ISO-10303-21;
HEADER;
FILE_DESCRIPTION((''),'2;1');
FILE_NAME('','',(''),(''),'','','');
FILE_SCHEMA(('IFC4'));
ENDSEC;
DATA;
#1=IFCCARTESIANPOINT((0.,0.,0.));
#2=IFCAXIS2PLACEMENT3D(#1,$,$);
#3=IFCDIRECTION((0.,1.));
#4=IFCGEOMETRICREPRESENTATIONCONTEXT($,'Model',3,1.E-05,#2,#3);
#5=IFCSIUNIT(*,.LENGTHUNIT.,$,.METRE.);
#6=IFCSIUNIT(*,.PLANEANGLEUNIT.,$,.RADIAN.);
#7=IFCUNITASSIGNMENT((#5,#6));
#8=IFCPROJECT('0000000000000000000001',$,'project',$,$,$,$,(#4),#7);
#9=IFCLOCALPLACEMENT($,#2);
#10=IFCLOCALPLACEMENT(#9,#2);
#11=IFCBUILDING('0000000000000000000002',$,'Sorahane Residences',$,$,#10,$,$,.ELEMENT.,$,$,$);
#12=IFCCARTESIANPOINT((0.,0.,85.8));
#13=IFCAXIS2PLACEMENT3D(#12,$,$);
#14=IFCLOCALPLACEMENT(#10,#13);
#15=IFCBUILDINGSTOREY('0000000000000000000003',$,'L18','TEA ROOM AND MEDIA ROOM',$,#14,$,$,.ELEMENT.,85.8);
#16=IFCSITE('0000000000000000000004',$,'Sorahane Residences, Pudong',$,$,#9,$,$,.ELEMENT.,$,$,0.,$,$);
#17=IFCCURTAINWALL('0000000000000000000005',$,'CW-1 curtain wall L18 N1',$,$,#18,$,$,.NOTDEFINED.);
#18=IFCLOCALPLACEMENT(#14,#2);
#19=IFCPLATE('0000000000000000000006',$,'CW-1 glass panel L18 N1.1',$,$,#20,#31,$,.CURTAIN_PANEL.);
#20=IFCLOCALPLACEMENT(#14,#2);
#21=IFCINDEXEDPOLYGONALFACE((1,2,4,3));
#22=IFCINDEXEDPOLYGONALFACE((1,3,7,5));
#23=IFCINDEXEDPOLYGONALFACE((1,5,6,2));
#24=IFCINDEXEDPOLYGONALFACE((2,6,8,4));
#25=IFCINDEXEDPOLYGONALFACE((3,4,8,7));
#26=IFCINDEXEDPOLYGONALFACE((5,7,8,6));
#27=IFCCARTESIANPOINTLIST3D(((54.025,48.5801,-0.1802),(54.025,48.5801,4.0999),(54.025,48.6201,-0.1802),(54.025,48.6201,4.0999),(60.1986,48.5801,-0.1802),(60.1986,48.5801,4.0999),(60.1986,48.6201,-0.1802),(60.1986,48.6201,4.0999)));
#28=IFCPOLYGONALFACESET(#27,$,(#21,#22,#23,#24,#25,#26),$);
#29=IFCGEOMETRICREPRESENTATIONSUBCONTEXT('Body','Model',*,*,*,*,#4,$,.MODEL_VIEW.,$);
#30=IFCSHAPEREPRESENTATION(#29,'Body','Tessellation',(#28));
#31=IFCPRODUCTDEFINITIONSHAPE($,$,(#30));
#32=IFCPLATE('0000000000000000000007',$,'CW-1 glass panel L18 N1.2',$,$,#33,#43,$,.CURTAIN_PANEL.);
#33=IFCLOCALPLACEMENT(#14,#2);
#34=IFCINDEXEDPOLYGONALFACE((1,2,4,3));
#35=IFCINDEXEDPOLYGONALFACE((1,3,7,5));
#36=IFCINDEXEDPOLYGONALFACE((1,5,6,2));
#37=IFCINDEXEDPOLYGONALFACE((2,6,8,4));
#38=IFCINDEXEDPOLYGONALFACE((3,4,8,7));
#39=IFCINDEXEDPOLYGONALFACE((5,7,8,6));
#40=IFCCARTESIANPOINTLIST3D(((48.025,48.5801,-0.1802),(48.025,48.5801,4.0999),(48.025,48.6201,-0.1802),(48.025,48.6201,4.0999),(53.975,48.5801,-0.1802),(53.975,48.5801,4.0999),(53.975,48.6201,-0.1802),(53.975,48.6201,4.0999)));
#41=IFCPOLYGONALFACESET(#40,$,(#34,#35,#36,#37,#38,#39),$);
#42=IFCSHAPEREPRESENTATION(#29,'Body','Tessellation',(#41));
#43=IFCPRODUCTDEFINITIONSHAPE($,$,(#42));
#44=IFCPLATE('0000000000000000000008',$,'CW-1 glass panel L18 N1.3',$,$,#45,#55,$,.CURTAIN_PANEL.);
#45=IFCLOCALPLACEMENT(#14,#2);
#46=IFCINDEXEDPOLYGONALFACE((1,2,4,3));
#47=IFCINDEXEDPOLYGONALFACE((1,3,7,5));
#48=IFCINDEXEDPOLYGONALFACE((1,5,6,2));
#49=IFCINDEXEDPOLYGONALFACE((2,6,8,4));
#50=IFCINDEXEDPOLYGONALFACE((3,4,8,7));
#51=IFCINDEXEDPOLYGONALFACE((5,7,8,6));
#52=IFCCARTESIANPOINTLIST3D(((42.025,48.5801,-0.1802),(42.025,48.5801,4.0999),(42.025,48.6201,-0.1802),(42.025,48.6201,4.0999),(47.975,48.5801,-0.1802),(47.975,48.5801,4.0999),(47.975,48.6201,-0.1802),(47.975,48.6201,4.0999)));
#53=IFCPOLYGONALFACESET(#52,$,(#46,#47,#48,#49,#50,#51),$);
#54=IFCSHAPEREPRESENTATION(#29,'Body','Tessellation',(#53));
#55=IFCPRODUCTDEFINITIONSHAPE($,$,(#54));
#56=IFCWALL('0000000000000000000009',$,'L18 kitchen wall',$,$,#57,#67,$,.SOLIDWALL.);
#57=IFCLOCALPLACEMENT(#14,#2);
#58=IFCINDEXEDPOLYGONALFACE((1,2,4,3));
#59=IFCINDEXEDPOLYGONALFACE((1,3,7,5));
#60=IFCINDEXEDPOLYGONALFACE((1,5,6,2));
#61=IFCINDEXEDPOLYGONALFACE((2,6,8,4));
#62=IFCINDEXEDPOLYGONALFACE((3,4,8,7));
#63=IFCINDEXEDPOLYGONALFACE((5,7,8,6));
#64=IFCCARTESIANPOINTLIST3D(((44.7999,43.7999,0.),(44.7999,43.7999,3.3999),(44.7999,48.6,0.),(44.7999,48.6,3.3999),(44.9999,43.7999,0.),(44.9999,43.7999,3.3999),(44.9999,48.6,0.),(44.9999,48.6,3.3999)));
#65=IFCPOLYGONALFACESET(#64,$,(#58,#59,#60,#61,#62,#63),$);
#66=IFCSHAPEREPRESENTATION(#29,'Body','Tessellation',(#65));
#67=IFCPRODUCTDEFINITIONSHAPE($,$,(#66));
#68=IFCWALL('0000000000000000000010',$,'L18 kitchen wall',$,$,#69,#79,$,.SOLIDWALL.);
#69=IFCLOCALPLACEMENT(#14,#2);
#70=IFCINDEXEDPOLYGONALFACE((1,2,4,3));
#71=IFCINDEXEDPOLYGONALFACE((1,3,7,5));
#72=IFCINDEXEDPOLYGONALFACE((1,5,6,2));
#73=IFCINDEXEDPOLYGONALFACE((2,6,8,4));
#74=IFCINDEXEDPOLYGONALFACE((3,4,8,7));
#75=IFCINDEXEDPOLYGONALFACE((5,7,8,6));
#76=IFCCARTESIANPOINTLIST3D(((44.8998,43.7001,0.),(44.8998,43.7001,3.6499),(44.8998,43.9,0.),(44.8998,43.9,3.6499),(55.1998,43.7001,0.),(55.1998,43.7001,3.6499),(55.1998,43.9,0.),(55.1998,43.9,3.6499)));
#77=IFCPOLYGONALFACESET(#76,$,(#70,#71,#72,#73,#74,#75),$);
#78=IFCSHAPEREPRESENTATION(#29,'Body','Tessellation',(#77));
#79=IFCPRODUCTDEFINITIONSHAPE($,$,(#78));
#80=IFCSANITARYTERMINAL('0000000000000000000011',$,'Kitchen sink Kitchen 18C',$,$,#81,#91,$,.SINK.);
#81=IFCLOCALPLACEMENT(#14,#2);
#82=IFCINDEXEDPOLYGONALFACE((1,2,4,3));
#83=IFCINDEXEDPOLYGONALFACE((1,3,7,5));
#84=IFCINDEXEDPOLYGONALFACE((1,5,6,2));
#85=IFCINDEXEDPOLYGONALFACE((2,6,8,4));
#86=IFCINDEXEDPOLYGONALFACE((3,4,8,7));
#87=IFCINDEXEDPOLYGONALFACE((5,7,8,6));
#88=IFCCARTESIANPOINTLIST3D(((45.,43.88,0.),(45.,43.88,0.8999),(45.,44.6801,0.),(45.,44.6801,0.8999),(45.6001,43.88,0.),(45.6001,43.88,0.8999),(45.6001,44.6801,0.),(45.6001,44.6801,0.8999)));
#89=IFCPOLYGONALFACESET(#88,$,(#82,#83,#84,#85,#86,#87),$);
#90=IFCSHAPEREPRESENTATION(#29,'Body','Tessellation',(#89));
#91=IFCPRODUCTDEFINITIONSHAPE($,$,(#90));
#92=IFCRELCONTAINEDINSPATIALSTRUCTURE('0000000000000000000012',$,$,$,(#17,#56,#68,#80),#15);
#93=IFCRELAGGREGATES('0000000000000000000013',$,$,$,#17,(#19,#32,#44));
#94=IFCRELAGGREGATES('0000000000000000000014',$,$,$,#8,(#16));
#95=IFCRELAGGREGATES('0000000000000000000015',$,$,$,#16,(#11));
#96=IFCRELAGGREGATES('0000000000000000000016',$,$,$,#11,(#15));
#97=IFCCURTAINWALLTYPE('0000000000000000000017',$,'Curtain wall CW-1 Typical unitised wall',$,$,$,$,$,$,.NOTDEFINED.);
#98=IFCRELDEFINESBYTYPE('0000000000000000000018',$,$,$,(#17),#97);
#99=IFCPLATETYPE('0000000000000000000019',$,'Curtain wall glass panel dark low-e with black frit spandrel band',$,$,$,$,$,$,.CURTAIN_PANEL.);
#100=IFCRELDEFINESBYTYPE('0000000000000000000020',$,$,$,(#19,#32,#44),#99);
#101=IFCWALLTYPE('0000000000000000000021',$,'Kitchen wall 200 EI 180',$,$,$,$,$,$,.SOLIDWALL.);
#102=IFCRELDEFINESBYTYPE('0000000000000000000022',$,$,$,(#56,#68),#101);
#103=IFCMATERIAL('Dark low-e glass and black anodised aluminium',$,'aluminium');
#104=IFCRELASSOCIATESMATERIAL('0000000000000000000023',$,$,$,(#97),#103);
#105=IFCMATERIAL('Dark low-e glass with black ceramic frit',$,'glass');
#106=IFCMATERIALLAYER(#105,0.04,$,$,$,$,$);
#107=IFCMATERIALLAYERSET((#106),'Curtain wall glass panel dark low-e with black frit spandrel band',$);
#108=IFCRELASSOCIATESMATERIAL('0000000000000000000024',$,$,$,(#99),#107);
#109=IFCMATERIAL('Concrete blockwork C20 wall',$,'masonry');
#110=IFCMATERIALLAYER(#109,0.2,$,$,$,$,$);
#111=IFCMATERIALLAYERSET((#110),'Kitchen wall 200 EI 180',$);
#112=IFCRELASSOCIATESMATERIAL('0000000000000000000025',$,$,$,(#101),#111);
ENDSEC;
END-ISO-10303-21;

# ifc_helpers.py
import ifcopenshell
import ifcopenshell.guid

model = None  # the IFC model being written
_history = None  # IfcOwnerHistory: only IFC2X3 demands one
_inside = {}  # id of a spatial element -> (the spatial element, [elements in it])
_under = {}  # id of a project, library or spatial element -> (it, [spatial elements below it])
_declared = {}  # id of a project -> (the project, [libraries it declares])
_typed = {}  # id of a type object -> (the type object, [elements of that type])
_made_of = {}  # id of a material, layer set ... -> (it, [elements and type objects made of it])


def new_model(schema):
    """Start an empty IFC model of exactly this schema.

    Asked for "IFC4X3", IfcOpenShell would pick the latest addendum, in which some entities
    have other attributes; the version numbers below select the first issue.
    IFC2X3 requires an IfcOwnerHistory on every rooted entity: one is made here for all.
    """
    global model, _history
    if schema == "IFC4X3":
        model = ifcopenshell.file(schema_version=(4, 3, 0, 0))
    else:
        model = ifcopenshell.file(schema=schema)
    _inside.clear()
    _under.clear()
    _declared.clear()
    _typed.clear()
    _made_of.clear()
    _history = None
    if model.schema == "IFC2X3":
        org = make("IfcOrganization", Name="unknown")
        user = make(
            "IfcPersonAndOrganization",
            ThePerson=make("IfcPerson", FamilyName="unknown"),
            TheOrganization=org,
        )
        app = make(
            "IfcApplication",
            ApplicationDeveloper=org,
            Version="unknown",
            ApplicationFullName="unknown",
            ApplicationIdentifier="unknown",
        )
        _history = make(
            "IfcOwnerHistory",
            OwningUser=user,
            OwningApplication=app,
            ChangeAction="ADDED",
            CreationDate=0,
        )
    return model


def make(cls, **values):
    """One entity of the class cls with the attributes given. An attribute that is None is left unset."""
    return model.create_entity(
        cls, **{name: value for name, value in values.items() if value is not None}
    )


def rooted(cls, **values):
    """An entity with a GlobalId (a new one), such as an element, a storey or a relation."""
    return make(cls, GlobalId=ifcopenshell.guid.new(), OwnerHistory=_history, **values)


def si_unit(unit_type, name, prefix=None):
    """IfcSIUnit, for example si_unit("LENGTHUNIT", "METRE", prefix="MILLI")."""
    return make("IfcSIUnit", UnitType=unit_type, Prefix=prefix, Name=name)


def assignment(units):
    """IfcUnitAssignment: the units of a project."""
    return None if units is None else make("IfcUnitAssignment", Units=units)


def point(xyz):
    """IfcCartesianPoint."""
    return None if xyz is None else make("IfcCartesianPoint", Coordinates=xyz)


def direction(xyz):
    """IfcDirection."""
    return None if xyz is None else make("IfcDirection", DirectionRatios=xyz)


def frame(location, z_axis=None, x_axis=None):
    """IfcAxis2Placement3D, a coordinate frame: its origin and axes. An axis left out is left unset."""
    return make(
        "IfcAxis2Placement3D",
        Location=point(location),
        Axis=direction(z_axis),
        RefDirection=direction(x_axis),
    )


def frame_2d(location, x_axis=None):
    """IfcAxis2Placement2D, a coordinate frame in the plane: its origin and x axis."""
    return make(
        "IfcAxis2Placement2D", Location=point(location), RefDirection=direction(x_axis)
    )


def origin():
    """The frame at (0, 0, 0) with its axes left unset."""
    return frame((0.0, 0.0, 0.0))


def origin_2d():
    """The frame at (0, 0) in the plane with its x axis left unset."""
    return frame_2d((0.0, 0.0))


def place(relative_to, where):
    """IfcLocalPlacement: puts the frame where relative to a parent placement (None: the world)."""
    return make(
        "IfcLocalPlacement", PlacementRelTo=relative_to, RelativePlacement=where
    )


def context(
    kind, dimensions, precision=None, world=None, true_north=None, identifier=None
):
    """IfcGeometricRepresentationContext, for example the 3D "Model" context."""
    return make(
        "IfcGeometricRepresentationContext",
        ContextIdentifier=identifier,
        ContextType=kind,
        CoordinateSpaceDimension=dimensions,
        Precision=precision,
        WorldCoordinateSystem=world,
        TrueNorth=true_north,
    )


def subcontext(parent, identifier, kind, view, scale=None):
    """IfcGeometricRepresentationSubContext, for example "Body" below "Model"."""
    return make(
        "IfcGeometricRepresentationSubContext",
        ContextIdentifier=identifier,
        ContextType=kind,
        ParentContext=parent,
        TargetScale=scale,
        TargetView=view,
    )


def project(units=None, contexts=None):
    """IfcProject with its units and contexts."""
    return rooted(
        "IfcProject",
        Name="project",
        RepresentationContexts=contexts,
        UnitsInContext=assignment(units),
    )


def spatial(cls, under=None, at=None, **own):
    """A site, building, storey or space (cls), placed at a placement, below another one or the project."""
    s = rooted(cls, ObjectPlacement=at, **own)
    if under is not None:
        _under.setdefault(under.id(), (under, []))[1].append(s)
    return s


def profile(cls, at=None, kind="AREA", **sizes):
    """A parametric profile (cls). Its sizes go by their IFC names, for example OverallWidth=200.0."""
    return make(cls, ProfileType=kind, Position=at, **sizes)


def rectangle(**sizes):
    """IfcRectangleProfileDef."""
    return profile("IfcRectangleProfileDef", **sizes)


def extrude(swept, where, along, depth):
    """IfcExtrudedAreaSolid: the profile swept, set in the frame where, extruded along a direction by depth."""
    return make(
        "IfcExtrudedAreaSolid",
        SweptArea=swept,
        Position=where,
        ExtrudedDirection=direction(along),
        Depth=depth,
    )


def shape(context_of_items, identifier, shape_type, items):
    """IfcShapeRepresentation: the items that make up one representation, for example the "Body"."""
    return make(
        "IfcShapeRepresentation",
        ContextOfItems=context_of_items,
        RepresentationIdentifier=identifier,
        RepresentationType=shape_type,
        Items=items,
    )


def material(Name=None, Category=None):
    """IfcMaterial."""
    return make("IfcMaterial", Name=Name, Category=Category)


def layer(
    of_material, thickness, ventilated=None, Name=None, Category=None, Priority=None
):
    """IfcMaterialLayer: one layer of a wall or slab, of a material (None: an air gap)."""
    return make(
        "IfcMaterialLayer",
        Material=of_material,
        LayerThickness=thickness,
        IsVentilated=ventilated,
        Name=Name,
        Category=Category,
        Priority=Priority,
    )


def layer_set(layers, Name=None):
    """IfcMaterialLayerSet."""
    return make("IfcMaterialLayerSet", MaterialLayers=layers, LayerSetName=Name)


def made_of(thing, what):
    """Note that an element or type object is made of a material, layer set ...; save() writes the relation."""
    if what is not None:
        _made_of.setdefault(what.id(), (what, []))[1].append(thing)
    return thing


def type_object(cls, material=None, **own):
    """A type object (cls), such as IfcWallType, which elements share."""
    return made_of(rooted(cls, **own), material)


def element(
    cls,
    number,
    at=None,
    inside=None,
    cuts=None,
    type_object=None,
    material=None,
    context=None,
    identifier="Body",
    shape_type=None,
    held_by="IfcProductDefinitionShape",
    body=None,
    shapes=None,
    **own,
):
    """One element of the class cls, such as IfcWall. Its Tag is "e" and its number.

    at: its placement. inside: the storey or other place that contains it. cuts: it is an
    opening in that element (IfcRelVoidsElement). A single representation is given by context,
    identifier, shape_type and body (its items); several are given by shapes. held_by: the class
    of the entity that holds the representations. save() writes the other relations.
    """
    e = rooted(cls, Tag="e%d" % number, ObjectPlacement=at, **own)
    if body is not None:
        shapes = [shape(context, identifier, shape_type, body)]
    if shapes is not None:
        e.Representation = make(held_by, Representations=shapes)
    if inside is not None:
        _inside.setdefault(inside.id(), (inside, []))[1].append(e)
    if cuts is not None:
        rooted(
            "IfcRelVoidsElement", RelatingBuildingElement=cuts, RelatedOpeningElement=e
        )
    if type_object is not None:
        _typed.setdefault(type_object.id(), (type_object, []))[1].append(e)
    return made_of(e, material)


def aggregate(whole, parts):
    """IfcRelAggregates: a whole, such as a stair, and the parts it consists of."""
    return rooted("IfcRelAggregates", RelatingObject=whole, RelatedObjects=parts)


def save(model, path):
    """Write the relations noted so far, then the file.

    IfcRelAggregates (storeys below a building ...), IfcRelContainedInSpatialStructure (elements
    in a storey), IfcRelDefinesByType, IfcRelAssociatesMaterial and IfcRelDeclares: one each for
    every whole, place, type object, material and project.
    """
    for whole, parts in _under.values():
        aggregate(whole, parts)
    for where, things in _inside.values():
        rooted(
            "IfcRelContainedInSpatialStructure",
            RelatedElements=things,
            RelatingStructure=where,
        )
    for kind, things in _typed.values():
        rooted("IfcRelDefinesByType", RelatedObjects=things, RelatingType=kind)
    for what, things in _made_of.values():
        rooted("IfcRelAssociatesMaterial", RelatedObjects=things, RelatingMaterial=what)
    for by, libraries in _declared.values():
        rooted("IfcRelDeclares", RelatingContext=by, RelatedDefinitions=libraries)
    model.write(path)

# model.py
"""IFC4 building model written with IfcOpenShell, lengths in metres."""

from ifc_helpers import new_model, si_unit, direction, frame, frame_2d, origin, origin_2d, place, context, subcontext, project, spatial, rectangle, extrude, material, layer, layer_set, type_object, element, aggregate, save


model = new_model("IFC4")

# Units and contexts
model_context = context("Model", 3, precision=1e-05, world=origin(), true_north=direction((0.0, 1.0)))
body_context = subcontext(model_context, "Body", "Model", "MODEL_VIEW")
ifc_project = project(units=[si_unit("LENGTHUNIT", "METRE"), si_unit("PLANEANGLEUNIT", "RADIAN")], contexts=[model_context])

# Site, building, storey
site_placement = place(None, origin())
site = spatial("IfcSite", under=ifc_project, at=site_placement, Name="Sorahane Residences, Pudong", CompositionType="ELEMENT", RefElevation=0.0)
building_placement = place(site_placement, origin())
building = spatial("IfcBuilding", under=site, at=building_placement, Name="Sorahane Residences", CompositionType="ELEMENT")
storey_placement = place(building_placement, frame((0.0, 0.0, 85.8)))
storey = spatial("IfcBuildingStorey", under=building, at=storey_placement, Name="L18", Description="TEA ROOM AND MEDIA ROOM", CompositionType="ELEMENT", Elevation=85.8)

# Shared definitions
ifc_material_1 = material(Name="Dark low-e glass and black anodised aluminium", Category="aluminium")
curtain_wall_type_1 = type_object("IfcCurtainWallType", Name="Curtain wall CW-1 Typical unitised wall", PredefinedType="NOTDEFINED", material=ifc_material_1)

# Curtain wall
curtain_wall_1_placement = place(storey_placement, origin())
curtain_wall_1 = element("IfcCurtainWall", 1, at=curtain_wall_1_placement, inside=storey, type_object=curtain_wall_type_1, Name="CW-1 curtain wall L18 N1", PredefinedType="NOTDEFINED")

# Plates
ifc_material_2 = material(Name="Dark low-e glass with black ceramic frit", Category="glass")
ifc_layer_1 = layer(ifc_material_2, 0.04)
ifc_layer_set_1 = layer_set([ifc_layer_1], Name="Curtain wall glass panel dark low-e with black frit spandrel band")
plate_type = type_object("IfcPlateType", Name="Curtain wall glass panel dark low-e with black frit spandrel band", PredefinedType="CURTAIN_PANEL", material=ifc_layer_set_1)
plate_1_placement = place(storey_placement, frame((57.1118, 48.6001, -0.1802), z_axis=(0.0, 0.0, 1.0), x_axis=(-1.0, 0.0, 0.0)))
plate_1 = element("IfcPlate", 2, at=plate_1_placement, type_object=plate_type, Name="CW-1 glass panel L18 N1.1", PredefinedType="CURTAIN_PANEL", context=body_context, shape_type="SweptSolid", body=[
    extrude(rectangle(XDim=6.1736, YDim=0.04, at=origin_2d()), origin(), (0.0, 0.0, 1.0), 4.28),
])
plate_2_placement = place(storey_placement, frame((51.0, 48.6001, -0.1802), z_axis=(0.0, 0.0, 1.0), x_axis=(-1.0, 0.0, 0.0)))
plate_2 = element("IfcPlate", 3, at=plate_2_placement, type_object=plate_type, Name="CW-1 glass panel L18 N1.2", PredefinedType="CURTAIN_PANEL", context=body_context, shape_type="SweptSolid", body=[
    extrude(rectangle(XDim=5.95, YDim=0.04, at=origin_2d()), origin(), (0.0, 0.0, 1.0), 4.28),
])
plate_3_placement = place(storey_placement, frame((45.0, 48.6001, -0.1802), z_axis=(0.0, 0.0, 1.0), x_axis=(-1.0, 0.0, 0.0)))
plate_3 = element("IfcPlate", 4, at=plate_3_placement, type_object=plate_type, Name="CW-1 glass panel L18 N1.3", PredefinedType="CURTAIN_PANEL", context=body_context, shape_type="SweptSolid", body=[
    extrude(rectangle(XDim=5.95, YDim=0.04, at=origin_2d()), origin(), (0.0, 0.0, 1.0), 4.28),
])
aggregate(curtain_wall_1, [plate_1, plate_2, plate_3])

# Wall
ifc_material_3 = material(Name="Concrete blockwork C20 wall", Category="masonry")
ifc_layer_2 = layer(ifc_material_3, 0.2)
ifc_layer_set_2 = layer_set([ifc_layer_2], Name="Kitchen wall 200 EI 180")
wall_type = type_object("IfcWallType", Name="Kitchen wall 200 EI 180", PredefinedType="SOLIDWALL", material=ifc_layer_set_2)
wall_1_placement = place(storey_placement, frame((44.8999, 43.8, 0.0), z_axis=(0.0, 0.0, 1.0), x_axis=(0.0, 1.0, 0.0)))
element("IfcWall", 5, at=wall_1_placement, inside=storey, type_object=wall_type, Name="L18 kitchen wall", PredefinedType="SOLIDWALL", context=body_context, shape_type="SweptSolid", body=[
    extrude(rectangle(XDim=4.8, YDim=0.2, at=frame_2d((2.3999, 0.0))), origin(), (0.0, 0.0, 1.0), 3.3999),
])

# Wall
wall_2_placement = place(storey_placement, frame((44.8999, 43.8, 0.0), z_axis=(0.0, 0.0, 1.0), x_axis=(1.0, 0.0, 0.0)))
element("IfcWall", 6, at=wall_2_placement, inside=storey, type_object=wall_type, Name="L18 kitchen wall", PredefinedType="SOLIDWALL", context=body_context, shape_type="SweptSolid", body=[
    extrude(rectangle(XDim=10.3, YDim=0.2, at=frame_2d((5.1499, 0.0))), origin(), (0.0, 0.0, 1.0), 3.6499),
])

# Sanitary terminal
sanitary_terminal_placement = place(storey_placement, frame((45.3, 44.28, 0.0), z_axis=(0.0, 0.0, 1.0), x_axis=(0.0, 1.0, 0.0)))
element("IfcSanitaryTerminal", 7, at=sanitary_terminal_placement, inside=storey, Name="Kitchen sink Kitchen 18C", PredefinedType="SINK", context=body_context, shape_type="SweptSolid", body=[
    extrude(rectangle(XDim=0.8, YDim=0.6001, at=origin_2d()), origin(), (0.0, 0.0, 1.0), 0.8999),
])

save(model, "model.ifc")
